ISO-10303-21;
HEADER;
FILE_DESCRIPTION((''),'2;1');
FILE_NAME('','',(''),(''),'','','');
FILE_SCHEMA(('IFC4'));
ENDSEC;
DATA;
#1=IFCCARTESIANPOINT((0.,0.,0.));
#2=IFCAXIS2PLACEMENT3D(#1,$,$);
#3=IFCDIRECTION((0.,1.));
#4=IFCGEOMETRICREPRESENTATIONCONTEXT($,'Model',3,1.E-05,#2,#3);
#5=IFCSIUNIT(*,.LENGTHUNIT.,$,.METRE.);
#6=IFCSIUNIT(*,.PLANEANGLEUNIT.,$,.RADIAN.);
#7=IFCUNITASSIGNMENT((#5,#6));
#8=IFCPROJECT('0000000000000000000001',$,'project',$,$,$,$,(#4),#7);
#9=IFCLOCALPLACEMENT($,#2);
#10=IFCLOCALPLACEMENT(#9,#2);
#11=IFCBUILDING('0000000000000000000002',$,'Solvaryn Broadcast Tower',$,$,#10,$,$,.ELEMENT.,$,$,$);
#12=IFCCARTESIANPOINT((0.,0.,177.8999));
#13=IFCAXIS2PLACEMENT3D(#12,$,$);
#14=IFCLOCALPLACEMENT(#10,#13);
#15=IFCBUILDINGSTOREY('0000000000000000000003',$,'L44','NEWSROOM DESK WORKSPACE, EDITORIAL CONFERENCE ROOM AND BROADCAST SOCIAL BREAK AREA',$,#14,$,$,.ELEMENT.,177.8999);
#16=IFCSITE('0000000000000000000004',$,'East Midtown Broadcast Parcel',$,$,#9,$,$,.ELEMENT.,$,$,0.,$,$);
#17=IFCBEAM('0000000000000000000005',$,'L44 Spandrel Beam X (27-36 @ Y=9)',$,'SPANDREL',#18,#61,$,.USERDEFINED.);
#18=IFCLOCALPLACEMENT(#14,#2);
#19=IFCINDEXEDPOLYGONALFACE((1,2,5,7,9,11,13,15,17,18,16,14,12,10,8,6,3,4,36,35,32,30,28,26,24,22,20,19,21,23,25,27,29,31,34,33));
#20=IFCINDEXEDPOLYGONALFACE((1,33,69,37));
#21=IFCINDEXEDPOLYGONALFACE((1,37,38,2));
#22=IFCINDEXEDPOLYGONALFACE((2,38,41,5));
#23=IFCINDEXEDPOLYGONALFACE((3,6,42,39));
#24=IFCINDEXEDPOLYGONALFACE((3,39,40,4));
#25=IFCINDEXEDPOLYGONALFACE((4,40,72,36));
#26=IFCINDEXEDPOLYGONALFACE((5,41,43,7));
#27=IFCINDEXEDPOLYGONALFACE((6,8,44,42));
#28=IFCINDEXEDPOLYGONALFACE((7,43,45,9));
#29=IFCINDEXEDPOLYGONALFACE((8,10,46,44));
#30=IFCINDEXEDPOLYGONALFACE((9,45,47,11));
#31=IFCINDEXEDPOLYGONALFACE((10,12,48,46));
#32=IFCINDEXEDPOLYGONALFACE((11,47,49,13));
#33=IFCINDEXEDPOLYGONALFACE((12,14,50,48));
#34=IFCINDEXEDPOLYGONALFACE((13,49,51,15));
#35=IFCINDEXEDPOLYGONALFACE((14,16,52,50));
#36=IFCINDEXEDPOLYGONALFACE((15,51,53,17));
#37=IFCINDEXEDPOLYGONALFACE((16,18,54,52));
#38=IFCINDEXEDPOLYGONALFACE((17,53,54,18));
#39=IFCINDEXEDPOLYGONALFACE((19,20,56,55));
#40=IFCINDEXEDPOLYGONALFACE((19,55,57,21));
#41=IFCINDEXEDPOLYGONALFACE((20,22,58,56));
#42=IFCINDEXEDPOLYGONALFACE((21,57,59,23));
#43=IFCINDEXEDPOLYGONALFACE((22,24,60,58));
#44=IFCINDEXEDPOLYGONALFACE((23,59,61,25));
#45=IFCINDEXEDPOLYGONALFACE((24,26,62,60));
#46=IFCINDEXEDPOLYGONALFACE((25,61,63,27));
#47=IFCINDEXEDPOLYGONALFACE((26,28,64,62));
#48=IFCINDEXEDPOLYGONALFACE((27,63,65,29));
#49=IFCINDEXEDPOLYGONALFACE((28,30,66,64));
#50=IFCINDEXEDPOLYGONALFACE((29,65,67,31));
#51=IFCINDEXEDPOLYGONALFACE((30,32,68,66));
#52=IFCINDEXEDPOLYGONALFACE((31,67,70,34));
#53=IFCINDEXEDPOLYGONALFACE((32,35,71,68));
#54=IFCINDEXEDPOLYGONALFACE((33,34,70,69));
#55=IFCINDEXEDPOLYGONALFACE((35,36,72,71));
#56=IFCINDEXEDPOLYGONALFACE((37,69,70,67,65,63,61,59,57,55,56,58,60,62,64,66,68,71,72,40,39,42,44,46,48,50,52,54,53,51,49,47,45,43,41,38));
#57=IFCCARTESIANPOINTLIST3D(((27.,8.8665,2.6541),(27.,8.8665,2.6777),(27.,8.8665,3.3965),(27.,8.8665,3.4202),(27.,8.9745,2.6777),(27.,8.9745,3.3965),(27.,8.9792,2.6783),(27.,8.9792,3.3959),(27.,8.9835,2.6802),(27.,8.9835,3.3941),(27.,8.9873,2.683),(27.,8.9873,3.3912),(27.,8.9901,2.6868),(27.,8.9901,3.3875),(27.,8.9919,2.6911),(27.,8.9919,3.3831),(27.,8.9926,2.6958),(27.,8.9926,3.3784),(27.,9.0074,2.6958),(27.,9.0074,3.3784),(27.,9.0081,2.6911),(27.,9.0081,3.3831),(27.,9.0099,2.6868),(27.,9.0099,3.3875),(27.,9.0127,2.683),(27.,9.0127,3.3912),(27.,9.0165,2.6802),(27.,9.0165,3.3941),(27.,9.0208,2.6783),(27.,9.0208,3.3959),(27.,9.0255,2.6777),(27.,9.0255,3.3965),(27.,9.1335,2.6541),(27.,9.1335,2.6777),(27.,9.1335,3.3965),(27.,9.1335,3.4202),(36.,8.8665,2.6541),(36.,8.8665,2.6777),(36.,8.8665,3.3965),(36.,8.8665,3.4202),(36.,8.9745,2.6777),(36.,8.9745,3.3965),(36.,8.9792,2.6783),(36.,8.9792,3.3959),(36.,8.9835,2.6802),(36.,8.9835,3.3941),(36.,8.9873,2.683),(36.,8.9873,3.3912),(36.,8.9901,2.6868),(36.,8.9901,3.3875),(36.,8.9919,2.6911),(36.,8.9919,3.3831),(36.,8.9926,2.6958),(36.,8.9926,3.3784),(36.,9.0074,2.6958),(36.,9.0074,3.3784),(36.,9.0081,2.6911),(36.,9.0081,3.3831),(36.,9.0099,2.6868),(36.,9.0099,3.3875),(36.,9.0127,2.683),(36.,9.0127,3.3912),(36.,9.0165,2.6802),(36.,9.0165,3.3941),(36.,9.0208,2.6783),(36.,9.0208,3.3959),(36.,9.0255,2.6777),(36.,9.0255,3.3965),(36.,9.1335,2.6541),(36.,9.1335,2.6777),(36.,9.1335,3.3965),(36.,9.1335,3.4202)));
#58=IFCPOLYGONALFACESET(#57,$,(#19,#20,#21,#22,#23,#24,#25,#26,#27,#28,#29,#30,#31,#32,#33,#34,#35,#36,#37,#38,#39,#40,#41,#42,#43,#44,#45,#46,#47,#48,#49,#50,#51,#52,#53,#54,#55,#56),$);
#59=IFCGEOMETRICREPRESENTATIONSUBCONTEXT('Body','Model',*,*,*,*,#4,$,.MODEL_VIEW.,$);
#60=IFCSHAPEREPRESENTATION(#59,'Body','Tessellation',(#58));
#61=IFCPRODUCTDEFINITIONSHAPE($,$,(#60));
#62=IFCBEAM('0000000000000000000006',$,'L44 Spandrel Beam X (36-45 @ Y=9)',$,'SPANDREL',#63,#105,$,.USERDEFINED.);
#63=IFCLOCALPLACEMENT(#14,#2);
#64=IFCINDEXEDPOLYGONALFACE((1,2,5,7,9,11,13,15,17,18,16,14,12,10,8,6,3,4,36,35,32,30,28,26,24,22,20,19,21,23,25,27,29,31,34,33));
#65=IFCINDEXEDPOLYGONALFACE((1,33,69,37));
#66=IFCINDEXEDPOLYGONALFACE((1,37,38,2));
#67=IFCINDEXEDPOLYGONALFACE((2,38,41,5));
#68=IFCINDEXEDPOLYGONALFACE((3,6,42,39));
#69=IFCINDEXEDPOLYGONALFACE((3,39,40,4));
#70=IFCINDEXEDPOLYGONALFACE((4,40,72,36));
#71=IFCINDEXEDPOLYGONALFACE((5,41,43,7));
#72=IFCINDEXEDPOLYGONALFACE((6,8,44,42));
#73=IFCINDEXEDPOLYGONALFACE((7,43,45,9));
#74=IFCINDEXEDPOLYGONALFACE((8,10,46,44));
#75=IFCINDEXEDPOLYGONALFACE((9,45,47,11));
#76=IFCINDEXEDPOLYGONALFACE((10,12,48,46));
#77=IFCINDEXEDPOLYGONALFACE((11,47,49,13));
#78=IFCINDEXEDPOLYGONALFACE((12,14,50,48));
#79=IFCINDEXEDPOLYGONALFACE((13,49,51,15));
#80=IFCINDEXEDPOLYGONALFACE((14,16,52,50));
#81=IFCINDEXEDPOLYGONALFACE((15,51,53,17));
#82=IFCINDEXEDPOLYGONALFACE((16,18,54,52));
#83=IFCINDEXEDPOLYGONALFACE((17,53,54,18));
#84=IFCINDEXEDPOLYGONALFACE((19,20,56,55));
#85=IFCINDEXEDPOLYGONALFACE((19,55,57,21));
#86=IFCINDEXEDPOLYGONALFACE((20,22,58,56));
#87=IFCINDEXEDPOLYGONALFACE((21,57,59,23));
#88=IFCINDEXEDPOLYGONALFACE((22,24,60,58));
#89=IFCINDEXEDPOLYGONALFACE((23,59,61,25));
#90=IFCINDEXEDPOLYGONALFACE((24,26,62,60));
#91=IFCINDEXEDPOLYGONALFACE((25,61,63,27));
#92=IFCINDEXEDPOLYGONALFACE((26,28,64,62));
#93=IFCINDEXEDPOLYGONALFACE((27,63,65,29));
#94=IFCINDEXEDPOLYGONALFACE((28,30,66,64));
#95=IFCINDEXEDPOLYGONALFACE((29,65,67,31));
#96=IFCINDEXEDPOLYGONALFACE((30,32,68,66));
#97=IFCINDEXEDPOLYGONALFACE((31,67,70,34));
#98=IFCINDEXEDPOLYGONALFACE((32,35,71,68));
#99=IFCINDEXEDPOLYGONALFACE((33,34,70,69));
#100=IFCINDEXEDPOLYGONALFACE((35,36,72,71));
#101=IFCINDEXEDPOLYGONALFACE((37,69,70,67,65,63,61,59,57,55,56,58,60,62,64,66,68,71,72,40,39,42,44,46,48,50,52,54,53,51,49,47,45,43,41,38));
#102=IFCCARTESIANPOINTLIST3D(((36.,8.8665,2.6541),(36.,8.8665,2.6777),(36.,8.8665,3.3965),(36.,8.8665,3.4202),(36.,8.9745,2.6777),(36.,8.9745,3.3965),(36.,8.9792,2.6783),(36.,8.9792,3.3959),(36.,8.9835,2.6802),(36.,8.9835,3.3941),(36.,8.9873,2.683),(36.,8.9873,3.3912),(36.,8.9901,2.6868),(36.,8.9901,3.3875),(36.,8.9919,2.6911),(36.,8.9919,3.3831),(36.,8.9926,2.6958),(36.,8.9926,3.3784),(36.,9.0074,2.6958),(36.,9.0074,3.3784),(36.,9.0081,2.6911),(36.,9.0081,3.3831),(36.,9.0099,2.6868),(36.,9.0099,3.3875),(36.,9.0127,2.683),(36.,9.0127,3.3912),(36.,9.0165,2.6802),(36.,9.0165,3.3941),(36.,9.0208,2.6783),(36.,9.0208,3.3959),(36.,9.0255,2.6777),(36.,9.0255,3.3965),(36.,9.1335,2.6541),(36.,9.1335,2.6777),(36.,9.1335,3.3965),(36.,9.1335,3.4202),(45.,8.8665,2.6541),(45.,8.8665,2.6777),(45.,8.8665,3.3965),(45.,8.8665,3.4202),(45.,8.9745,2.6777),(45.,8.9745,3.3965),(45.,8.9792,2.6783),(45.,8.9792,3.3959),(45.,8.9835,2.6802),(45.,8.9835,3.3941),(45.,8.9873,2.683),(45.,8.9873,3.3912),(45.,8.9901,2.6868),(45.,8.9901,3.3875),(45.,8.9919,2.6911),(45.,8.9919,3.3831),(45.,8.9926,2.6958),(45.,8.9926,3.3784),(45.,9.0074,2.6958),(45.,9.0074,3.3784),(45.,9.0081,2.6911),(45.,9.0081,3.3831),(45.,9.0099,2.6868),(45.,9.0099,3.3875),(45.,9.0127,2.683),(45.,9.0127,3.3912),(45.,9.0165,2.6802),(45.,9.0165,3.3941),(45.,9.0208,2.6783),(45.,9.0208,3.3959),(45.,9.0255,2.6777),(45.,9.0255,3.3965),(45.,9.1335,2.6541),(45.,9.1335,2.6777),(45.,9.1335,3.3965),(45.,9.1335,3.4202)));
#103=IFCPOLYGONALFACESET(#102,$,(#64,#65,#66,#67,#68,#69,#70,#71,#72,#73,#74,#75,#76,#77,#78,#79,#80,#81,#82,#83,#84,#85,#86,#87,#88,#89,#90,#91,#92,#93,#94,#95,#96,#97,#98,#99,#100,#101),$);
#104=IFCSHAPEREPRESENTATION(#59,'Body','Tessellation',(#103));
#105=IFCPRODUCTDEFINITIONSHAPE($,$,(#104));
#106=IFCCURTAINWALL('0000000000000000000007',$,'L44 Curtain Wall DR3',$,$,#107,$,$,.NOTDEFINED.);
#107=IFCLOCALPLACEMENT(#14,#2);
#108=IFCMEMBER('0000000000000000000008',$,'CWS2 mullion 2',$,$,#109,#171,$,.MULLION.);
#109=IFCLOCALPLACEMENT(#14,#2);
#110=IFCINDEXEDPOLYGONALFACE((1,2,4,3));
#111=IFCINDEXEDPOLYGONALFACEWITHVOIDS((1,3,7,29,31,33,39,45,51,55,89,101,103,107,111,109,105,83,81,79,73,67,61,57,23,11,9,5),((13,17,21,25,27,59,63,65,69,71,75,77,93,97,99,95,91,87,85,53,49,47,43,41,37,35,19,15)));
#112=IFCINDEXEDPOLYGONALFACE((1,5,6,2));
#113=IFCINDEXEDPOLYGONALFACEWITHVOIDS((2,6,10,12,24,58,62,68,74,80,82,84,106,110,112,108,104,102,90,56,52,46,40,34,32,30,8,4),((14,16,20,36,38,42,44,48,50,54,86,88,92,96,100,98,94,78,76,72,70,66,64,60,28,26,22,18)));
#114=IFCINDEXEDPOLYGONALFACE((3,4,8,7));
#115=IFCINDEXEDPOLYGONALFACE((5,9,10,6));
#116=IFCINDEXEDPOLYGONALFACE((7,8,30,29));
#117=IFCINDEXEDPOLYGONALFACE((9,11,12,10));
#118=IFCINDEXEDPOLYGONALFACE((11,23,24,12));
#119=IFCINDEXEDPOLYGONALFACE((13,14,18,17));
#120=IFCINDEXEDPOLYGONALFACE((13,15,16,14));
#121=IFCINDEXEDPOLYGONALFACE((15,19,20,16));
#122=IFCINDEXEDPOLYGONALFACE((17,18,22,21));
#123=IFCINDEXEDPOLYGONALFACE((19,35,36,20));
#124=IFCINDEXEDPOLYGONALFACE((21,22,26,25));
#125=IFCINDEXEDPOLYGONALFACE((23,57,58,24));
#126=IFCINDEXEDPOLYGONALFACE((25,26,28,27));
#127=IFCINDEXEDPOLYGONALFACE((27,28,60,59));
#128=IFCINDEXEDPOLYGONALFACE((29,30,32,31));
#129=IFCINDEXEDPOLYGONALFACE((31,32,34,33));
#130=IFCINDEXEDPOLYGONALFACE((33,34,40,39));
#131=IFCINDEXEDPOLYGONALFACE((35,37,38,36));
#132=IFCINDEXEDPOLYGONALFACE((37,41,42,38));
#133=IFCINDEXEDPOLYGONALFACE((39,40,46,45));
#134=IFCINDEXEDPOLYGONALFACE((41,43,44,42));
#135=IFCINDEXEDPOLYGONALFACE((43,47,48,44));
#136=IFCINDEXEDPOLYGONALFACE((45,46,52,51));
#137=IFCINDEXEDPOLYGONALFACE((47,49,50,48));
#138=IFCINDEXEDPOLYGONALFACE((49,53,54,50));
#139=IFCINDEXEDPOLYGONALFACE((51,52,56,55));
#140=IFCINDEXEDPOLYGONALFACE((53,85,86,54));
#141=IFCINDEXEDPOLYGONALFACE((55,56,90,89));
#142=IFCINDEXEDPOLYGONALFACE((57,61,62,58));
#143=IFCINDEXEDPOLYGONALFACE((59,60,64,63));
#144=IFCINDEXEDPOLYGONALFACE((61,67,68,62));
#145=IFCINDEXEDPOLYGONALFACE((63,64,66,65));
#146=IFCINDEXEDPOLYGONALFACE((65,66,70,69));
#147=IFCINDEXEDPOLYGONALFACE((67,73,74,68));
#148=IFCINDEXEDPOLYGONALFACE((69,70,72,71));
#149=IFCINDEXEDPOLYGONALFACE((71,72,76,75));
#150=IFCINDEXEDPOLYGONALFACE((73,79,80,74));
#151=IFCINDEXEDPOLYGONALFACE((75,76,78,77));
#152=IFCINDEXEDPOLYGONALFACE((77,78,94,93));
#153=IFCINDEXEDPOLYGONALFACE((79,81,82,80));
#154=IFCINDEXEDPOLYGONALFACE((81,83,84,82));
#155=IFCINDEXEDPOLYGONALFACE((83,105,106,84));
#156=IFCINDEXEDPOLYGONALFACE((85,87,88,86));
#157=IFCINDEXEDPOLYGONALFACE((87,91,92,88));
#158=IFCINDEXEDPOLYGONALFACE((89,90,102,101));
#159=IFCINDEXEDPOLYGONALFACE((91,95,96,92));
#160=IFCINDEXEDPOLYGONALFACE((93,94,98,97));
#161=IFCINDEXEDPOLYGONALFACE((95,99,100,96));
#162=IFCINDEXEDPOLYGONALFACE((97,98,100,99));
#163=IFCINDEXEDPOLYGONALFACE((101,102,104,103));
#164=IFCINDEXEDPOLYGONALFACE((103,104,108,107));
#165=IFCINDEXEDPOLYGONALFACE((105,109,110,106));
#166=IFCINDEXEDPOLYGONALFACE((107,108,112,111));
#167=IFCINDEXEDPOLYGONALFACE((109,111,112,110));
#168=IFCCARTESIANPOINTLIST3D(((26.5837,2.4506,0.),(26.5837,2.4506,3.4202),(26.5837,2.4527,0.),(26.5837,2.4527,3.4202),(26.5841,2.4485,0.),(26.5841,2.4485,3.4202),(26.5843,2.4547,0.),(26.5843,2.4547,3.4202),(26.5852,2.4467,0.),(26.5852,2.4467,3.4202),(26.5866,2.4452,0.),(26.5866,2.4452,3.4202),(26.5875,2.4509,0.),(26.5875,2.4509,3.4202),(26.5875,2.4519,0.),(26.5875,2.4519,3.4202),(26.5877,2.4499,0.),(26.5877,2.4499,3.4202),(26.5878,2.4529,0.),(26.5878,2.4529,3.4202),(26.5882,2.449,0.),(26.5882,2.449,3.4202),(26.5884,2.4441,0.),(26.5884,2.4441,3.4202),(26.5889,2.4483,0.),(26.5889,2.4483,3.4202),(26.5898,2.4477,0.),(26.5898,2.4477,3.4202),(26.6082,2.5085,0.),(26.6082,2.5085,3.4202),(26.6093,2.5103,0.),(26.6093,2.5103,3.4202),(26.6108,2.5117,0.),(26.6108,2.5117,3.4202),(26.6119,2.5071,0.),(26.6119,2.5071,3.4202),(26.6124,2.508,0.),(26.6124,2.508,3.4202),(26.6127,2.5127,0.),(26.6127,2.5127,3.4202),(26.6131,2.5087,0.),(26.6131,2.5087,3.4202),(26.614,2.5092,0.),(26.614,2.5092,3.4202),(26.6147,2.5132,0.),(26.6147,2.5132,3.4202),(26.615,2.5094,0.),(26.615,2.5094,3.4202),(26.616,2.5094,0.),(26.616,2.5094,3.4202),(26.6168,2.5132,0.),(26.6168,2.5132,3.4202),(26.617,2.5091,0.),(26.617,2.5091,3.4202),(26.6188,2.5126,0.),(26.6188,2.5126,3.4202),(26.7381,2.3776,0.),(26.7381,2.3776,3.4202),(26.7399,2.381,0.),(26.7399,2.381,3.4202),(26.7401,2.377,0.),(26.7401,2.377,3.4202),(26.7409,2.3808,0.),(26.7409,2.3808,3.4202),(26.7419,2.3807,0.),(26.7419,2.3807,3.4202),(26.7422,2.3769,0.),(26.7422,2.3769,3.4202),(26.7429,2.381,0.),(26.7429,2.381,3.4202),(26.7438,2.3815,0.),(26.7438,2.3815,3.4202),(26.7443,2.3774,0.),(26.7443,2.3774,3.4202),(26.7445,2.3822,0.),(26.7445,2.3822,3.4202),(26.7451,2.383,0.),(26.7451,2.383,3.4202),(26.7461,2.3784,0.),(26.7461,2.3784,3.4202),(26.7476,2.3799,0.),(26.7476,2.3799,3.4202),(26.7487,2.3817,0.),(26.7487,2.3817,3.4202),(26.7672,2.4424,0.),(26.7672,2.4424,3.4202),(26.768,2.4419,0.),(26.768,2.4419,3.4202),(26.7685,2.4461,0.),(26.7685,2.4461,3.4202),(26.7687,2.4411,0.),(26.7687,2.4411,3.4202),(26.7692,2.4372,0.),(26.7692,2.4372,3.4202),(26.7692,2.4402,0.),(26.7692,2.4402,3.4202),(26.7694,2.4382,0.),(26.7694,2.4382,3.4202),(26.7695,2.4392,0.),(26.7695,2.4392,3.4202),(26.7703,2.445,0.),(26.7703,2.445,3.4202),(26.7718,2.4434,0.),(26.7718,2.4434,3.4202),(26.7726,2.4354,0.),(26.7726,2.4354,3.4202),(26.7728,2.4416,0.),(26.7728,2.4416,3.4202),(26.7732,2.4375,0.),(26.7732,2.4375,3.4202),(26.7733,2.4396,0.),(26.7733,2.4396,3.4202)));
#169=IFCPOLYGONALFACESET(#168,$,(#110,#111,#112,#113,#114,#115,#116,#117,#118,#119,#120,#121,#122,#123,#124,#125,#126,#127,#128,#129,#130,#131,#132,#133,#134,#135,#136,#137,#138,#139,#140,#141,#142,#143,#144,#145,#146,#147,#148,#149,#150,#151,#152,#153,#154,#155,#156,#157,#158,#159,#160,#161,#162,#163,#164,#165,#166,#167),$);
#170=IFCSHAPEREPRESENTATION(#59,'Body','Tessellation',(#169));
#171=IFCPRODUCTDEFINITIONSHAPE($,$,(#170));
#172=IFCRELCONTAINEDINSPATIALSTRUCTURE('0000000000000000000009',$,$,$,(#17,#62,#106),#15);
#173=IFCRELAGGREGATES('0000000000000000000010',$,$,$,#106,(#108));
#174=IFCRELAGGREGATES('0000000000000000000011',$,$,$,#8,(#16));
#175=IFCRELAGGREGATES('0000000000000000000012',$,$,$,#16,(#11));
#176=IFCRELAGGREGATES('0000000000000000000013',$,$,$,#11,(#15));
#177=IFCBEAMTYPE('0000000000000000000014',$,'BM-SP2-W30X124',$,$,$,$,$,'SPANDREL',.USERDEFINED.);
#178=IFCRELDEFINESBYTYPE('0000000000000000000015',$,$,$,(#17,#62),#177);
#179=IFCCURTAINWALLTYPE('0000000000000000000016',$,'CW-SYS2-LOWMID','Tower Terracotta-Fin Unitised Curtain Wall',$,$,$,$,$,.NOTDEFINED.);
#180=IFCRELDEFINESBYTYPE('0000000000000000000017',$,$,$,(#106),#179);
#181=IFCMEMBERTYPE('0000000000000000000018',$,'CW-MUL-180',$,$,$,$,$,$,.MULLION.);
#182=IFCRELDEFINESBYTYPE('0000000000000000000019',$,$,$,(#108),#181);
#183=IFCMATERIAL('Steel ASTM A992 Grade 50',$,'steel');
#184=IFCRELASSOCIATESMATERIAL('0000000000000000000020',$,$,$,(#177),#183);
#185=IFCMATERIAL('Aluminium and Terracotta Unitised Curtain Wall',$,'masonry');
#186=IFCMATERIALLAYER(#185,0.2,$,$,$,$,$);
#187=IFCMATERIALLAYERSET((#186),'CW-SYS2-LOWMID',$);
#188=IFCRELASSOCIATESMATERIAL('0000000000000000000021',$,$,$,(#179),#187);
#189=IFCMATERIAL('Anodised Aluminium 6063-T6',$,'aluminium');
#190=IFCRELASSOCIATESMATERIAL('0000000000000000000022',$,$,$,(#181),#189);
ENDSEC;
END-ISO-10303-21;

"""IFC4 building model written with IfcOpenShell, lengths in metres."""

from ifc_helpers import new_model, si_unit, direction, frame, origin, origin_2d, place, context, subcontext, project, spatial, hollow_rectangle, i_section, extrude, material, layer, layer_set, material_profile, profile_set, type_object, element, aggregate, save


model = new_model("IFC4")

# Units and contexts
model_context = context("Model", 3, precision=1e-05, world=origin(), true_north=direction((0.0, 1.0)))
body_context = subcontext(model_context, "Body", "Model", "MODEL_VIEW")
ifc_project = project(units=[si_unit("LENGTHUNIT", "METRE"), si_unit("PLANEANGLEUNIT", "RADIAN")], contexts=[model_context])

# Site, building, storey
site_placement = place(None, origin())
site = spatial("IfcSite", under=ifc_project, at=site_placement, Name="East Midtown Broadcast Parcel", CompositionType="ELEMENT", RefElevation=0.0)
building_placement = place(site_placement, origin())
building = spatial("IfcBuilding", under=site, at=building_placement, Name="Solvaryn Broadcast Tower", CompositionType="ELEMENT")
storey_placement = place(building_placement, frame((0.0, 0.0, 177.8999)))
storey = spatial("IfcBuildingStorey", under=building, at=storey_placement, Name="L44", Description="NEWSROOM DESK WORKSPACE, EDITORIAL CONFERENCE ROOM AND BROADCAST SOCIAL BREAK AREA", CompositionType="ELEMENT", Elevation=177.8999)

# Beams
ifc_material_1 = material(Name="Steel ASTM A992 Grade 50", Category="steel")
ifc_material_profile_1 = material_profile(ifc_material_1, i_section(OverallWidth=0.2671, OverallDepth=0.7661, WebThickness=0.0149, FlangeThickness=0.0237, FilletRadius=0.0181, at=origin_2d()))
ifc_profile_set_1 = profile_set([ifc_material_profile_1], Name="Steel ASTM A992 Grade 50")
beam_type_1 = type_object("IfcBeamType", Name="BM-SP2-W30X124", ElementType="SPANDREL", PredefinedType="USERDEFINED", material=ifc_profile_set_1)
for number, where, z_axis, x_axis, name in (
    (1, (27.0, 9.0, 3.0371), (1.0, 0.0, 0.0), (0.0, 1.0, 0.0), "L44 Spandrel Beam X (27-36 @ Y=9)"),
    (2, (36.0, 9.0, 3.0371), (1.0, 0.0, 0.0), (0.0, 1.0, 0.0), "L44 Spandrel Beam X (36-45 @ Y=9)"),
):
    element("IfcBeam", number, at=place(storey_placement, frame(where, z_axis=z_axis, x_axis=x_axis)), inside=storey, type_object=beam_type_1, Name=name, ObjectType="SPANDREL", PredefinedType="USERDEFINED", context=body_context, shape_type="SweptSolid", body=[
        extrude(i_section(OverallWidth=0.2671, OverallDepth=0.7661, WebThickness=0.0149, FlangeThickness=0.0237, FilletRadius=0.0181, at=origin_2d()), origin(), (0.0, 0.0, 1.0), 9.0),
    ])

# Curtain wall, member
ifc_material_2 = material(Name="Aluminium and Terracotta Unitised Curtain Wall", Category="masonry")
ifc_layer_1 = layer(ifc_material_2, 0.2)
ifc_layer_set_1 = layer_set([ifc_layer_1], Name="CW-SYS2-LOWMID")
curtain_wall_type = type_object("IfcCurtainWallType", Name="CW-SYS2-LOWMID", Description="Tower Terracotta-Fin Unitised Curtain Wall", PredefinedType="NOTDEFINED", material=ifc_layer_set_1)
curtain_wall_1_placement = place(storey_placement, origin())
curtain_wall_1 = element("IfcCurtainWall", 3, at=curtain_wall_1_placement, inside=storey, type_object=curtain_wall_type, Name="L44 Curtain Wall DR3", PredefinedType="NOTDEFINED")
ifc_material_3 = material(Name="Anodised Aluminium 6063-T6", Category="aluminium")
ifc_material_profile_2 = material_profile(ifc_material_3, hollow_rectangle(XDim=0.075, YDim=0.1799, WallThickness=0.0039, InnerFilletRadius=0.0039, OuterFilletRadius=0.0081, at=origin_2d()))
ifc_profile_set_2 = profile_set([ifc_material_profile_2], Name="Anodised Aluminium 6063-T6")
member_type_1 = type_object("IfcMemberType", Name="CW-MUL-180", PredefinedType="MULLION", material=ifc_profile_set_2)
member_1_placement = place(storey_placement, frame((26.6785, 2.4451, 0.0), z_axis=(0.0, 0.0, 1.0), x_axis=(0.405901, 0.913917, 0.0)))
member_1 = element("IfcMember", 4, at=member_1_placement, type_object=member_type_1, Name="CWS2 mullion 2", PredefinedType="MULLION", context=body_context, shape_type="SweptSolid", body=[
    extrude(hollow_rectangle(XDim=0.075, YDim=0.1799, WallThickness=0.0039, InnerFilletRadius=0.0039, OuterFilletRadius=0.0081, at=origin_2d()), origin(), (0.0, 0.0, 1.0), 3.4202),
])
aggregate(curtain_wall_1, [member_1])

save(model, "model.ifc")
